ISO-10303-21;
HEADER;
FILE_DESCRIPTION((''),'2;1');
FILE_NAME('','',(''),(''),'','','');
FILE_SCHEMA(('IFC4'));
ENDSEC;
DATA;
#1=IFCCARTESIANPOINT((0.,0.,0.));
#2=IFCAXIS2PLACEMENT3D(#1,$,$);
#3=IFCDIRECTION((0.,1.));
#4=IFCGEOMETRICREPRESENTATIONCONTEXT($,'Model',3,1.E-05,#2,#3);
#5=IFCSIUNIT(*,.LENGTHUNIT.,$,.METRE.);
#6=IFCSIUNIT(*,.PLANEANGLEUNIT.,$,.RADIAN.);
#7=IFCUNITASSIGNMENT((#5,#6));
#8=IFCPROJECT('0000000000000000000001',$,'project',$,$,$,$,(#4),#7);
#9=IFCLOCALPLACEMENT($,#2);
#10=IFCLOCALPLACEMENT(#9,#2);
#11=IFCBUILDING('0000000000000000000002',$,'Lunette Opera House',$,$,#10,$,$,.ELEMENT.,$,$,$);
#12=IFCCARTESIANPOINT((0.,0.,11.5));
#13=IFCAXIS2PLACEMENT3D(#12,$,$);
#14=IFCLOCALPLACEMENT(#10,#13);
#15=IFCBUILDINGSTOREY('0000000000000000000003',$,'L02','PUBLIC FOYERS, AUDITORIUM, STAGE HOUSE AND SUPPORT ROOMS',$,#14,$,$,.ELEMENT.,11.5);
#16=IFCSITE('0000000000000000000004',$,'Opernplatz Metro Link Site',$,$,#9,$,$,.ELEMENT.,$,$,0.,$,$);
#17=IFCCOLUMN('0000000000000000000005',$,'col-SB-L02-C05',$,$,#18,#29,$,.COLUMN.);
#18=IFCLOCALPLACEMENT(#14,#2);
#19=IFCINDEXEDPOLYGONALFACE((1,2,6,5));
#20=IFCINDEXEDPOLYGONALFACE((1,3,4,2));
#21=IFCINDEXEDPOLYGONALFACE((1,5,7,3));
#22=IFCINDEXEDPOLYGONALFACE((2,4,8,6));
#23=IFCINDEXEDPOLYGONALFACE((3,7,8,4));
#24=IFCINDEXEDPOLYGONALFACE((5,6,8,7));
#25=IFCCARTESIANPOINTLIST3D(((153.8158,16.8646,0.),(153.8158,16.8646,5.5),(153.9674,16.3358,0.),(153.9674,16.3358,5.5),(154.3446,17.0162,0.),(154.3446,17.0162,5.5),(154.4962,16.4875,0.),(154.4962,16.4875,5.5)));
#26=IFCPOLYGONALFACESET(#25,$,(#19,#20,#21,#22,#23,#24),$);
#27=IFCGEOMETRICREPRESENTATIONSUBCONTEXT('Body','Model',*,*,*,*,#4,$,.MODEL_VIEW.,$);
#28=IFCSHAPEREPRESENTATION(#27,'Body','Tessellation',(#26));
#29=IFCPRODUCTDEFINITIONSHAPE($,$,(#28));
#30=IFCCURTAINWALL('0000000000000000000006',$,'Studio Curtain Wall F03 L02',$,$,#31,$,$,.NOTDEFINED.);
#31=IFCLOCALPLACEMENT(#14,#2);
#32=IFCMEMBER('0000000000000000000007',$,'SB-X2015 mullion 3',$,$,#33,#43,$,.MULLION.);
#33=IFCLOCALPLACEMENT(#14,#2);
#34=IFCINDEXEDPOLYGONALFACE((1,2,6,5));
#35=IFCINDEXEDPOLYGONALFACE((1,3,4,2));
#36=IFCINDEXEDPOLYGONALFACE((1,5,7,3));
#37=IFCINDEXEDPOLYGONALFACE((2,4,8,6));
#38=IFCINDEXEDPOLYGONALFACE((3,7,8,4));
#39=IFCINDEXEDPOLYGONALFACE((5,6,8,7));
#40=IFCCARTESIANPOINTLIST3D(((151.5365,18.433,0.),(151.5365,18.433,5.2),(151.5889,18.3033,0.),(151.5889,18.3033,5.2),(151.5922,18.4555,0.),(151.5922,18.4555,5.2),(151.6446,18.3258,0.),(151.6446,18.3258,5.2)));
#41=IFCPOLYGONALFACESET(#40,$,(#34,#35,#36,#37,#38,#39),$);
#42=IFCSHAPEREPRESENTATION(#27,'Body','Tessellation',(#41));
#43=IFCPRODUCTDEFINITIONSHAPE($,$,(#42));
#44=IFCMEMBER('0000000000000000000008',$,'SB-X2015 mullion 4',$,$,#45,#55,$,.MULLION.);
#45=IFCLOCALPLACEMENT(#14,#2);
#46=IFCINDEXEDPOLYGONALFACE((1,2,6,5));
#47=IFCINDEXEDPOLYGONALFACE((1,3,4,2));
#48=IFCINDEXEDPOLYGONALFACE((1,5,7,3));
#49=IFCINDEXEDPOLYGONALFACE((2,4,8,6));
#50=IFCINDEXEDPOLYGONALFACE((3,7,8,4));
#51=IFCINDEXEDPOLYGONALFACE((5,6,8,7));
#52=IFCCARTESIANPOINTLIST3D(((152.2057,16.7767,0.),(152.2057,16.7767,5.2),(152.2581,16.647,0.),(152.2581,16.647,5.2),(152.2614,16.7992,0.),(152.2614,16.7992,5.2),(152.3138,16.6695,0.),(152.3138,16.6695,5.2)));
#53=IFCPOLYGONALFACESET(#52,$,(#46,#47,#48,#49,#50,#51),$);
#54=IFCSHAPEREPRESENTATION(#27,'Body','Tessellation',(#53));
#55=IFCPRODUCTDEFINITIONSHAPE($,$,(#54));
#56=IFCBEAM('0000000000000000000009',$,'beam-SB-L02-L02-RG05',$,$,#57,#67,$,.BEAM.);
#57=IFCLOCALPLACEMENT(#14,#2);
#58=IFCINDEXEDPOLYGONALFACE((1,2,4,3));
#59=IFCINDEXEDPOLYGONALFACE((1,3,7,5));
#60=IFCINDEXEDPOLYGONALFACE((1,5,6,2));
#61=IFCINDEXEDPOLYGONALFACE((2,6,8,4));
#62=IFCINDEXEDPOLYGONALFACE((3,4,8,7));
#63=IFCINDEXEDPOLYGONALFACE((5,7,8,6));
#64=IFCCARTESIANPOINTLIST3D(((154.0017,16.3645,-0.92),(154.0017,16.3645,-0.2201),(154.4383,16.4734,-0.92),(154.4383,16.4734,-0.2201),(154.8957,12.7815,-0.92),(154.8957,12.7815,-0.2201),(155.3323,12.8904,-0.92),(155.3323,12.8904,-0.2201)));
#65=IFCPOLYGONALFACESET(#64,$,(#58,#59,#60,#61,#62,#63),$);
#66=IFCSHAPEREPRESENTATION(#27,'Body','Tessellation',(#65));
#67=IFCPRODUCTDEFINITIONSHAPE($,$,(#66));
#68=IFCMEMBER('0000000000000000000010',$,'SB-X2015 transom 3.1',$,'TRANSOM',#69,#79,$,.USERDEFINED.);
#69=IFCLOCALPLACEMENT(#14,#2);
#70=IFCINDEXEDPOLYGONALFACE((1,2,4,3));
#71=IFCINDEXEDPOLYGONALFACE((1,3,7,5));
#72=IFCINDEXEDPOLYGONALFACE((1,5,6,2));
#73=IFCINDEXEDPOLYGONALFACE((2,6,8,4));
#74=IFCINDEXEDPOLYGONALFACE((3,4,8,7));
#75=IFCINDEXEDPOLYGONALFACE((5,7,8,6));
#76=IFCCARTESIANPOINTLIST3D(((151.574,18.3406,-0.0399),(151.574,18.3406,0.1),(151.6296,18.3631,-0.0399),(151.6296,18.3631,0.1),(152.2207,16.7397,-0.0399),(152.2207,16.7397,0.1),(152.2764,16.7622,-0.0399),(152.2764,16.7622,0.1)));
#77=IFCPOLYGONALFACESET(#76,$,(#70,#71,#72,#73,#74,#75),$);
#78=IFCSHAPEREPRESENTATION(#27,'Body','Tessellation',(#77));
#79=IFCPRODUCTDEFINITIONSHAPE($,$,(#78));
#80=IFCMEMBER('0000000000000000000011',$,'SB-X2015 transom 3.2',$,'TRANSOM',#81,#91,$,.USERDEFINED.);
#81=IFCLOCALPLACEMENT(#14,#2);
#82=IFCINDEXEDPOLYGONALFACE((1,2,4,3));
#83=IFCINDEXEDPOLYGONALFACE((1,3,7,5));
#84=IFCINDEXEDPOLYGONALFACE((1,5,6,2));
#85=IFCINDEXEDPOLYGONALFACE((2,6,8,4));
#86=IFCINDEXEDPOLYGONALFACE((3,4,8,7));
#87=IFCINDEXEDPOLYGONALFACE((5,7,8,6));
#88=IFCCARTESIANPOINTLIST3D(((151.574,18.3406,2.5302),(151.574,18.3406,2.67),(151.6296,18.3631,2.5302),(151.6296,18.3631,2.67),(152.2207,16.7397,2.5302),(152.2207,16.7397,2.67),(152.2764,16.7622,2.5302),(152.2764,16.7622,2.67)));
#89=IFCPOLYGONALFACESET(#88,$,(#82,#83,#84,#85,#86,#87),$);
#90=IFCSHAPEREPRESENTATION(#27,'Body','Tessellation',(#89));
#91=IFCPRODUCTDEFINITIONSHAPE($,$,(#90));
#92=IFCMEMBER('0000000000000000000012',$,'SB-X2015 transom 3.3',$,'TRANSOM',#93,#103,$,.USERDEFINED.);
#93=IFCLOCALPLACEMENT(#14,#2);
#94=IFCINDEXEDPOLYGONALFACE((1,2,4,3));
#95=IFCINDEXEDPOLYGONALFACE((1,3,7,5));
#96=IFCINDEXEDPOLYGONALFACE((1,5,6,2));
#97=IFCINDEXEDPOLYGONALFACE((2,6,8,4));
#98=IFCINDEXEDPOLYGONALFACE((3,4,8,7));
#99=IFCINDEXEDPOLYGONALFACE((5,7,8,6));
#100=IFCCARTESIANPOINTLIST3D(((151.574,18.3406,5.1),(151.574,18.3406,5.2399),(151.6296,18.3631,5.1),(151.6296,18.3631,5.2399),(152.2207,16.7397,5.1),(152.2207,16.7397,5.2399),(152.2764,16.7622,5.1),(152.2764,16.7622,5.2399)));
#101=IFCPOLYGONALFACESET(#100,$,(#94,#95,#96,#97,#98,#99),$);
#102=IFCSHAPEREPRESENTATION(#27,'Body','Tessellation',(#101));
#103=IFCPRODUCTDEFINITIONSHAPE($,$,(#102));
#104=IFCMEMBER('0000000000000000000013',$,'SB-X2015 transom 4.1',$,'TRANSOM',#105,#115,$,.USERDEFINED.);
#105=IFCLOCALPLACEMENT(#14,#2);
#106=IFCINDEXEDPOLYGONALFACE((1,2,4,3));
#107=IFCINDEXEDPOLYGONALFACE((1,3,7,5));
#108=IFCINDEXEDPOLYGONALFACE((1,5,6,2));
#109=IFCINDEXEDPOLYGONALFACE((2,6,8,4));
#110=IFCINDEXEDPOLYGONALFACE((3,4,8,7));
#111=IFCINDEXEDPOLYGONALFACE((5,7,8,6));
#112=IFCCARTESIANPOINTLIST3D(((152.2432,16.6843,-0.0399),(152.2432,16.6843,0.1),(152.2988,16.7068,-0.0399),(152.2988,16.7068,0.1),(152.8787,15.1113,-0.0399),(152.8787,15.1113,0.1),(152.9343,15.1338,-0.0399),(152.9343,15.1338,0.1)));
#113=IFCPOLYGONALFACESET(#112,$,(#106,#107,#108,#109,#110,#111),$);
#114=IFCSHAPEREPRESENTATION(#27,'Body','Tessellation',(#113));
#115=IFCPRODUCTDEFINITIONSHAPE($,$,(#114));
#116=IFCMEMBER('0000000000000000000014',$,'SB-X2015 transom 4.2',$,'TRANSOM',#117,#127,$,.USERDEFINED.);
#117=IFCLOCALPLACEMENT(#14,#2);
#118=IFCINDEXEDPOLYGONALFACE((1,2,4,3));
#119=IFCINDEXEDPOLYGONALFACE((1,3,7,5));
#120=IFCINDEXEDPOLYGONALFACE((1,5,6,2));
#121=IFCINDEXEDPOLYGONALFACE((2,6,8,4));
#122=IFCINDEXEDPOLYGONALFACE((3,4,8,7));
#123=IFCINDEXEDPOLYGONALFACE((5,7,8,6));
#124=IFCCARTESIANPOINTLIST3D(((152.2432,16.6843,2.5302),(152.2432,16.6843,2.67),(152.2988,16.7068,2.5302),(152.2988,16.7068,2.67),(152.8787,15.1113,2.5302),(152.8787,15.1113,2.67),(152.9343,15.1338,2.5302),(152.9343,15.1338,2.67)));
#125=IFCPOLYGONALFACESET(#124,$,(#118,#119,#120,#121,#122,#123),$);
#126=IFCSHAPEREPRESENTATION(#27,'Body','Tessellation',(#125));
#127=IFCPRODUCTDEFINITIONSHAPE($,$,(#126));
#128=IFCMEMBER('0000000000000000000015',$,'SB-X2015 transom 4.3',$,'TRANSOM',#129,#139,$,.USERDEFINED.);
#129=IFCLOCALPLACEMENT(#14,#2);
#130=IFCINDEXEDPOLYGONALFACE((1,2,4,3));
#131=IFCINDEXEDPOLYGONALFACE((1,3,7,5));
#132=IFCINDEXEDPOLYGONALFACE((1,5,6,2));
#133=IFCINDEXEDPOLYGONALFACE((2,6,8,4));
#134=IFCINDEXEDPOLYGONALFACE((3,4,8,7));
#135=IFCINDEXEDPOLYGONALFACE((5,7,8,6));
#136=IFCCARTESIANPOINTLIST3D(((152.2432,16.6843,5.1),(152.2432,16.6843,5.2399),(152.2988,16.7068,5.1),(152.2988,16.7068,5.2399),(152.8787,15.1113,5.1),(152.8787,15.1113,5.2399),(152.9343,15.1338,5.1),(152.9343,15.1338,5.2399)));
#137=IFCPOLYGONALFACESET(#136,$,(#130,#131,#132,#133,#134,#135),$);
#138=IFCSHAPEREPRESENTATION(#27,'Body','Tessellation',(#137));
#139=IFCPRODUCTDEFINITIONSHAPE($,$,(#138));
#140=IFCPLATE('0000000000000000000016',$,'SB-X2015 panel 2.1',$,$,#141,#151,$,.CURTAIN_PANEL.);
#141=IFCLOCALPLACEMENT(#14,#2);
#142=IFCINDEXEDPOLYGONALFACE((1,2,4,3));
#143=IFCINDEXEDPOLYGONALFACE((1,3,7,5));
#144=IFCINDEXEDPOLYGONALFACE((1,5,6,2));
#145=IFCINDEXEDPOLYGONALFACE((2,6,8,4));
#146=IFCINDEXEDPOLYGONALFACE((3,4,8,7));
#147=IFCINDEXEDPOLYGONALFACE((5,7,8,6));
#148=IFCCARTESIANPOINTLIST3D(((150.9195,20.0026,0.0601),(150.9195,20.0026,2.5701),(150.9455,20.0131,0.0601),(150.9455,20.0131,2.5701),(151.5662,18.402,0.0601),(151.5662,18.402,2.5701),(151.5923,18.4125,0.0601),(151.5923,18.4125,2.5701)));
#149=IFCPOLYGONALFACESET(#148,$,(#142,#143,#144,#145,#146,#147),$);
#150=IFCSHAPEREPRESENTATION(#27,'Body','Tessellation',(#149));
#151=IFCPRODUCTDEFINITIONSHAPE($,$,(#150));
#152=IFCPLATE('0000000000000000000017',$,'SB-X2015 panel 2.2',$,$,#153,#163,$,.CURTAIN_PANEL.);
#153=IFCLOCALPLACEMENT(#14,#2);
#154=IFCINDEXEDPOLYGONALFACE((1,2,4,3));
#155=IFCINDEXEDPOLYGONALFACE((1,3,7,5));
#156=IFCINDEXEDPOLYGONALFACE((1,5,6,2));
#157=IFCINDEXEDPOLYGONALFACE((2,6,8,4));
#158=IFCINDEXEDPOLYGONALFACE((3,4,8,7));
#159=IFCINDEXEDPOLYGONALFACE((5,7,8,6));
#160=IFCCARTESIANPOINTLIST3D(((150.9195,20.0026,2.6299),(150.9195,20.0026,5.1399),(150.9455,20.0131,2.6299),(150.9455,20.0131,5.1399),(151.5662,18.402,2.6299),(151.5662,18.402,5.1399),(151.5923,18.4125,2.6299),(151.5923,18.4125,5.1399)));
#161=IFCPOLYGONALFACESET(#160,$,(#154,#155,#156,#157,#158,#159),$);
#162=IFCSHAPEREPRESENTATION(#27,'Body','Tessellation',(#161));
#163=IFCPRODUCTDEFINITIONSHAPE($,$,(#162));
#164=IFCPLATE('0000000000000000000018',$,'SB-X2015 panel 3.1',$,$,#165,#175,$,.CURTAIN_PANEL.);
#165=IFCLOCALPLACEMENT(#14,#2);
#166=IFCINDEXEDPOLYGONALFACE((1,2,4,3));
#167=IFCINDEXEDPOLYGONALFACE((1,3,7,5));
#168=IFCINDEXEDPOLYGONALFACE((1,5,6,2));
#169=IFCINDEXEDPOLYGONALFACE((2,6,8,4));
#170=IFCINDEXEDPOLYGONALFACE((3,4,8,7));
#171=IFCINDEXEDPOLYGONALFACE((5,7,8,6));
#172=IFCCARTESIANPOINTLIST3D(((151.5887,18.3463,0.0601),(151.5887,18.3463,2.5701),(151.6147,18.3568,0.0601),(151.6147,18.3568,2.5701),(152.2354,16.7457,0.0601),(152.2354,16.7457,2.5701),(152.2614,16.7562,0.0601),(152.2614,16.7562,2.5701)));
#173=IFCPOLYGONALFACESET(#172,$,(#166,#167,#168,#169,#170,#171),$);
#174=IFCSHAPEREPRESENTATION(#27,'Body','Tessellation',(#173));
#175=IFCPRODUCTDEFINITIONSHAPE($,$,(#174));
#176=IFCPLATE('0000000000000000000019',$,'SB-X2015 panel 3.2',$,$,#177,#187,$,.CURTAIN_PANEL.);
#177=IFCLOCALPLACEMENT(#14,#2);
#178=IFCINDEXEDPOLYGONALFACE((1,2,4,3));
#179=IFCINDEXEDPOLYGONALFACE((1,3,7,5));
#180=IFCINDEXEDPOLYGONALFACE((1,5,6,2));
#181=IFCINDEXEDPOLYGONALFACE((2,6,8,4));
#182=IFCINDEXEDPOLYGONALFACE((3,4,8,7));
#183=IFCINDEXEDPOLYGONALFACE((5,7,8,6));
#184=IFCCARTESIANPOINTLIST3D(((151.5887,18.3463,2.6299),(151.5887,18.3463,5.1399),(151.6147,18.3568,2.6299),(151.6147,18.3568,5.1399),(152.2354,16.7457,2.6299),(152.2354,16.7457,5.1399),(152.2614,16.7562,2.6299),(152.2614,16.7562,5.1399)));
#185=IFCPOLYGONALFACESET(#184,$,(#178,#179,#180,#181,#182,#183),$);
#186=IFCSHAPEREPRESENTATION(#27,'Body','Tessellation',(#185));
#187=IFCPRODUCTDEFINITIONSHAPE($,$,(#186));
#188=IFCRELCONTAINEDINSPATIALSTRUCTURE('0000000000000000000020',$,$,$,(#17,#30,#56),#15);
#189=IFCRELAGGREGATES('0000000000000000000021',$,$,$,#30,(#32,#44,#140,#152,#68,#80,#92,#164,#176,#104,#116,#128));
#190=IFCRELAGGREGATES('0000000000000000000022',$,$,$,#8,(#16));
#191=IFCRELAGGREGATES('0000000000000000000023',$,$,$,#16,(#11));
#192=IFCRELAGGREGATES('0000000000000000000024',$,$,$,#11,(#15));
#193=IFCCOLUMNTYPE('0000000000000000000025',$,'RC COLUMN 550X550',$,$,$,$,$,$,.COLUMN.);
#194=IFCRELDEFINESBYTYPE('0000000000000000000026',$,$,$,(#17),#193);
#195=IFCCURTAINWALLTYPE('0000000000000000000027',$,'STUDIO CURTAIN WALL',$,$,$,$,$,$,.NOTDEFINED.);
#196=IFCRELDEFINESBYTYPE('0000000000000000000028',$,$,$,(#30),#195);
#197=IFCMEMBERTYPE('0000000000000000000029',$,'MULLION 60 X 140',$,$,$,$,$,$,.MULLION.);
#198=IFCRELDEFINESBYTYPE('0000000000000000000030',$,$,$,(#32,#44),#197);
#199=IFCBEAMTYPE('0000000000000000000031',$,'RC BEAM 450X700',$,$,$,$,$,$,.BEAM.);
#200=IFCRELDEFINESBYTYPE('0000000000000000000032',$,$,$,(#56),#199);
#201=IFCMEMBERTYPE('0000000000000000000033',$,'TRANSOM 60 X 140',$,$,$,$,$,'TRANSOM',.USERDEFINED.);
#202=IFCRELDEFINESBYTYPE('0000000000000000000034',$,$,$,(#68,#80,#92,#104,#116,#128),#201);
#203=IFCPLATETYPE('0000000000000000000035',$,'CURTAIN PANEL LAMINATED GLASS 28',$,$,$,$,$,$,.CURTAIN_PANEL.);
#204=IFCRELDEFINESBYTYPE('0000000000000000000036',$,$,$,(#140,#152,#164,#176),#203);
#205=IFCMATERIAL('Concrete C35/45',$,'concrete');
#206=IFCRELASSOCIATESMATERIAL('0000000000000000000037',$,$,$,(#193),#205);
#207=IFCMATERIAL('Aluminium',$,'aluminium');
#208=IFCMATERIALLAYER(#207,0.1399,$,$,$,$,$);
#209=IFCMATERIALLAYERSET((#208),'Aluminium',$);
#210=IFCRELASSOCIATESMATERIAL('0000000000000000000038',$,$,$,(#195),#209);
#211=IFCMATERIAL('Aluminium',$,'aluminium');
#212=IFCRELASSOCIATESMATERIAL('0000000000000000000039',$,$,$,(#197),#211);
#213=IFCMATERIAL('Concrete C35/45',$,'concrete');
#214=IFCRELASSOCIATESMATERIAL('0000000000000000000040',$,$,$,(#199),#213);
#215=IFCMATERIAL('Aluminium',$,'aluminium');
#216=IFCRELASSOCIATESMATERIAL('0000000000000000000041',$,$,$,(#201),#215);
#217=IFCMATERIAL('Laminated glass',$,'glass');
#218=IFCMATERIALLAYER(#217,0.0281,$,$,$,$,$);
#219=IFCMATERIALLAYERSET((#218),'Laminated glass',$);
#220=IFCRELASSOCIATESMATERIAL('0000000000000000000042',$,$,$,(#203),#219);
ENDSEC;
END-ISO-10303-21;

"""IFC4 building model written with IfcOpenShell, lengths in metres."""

from ifc_helpers import new_model, si_unit, direction, frame, origin, origin_2d, place, context, subcontext, project, spatial, rectangle, extrude, material, layer, layer_set, material_profile, profile_set, type_object, element, aggregate, save


model = new_model("IFC4")

# Units and contexts
model_context = context("Model", 3, precision=1e-05, world=origin(), true_north=direction((0.0, 1.0)))
body_context = subcontext(model_context, "Body", "Model", "MODEL_VIEW")
ifc_project = project(units=[si_unit("LENGTHUNIT", "METRE"), si_unit("PLANEANGLEUNIT", "RADIAN")], contexts=[model_context])

# Site, building, storey
site_placement = place(None, origin())
site = spatial("IfcSite", under=ifc_project, at=site_placement, Name="Opernplatz Metro Link Site", CompositionType="ELEMENT", RefElevation=0.0)
building_placement = place(site_placement, origin())
building = spatial("IfcBuilding", under=site, at=building_placement, Name="Lunette Opera House", CompositionType="ELEMENT")
storey_placement = place(building_placement, frame((0.0, 0.0, 11.5)))
storey = spatial("IfcBuildingStorey", under=building, at=storey_placement, Name="L02", Description="PUBLIC FOYERS, AUDITORIUM, STAGE HOUSE AND SUPPORT ROOMS", CompositionType="ELEMENT", Elevation=11.5)

# Column
ifc_material_1 = material(Name="Concrete C35/45", Category="concrete")
ifc_material_profile_1 = material_profile(ifc_material_1, rectangle(XDim=0.55, YDim=0.55, at=origin_2d()), Name="RC COLUMN 550X550")
ifc_profile_set_1 = profile_set([ifc_material_profile_1], Name="Concrete C35/45")
column_type = type_object("IfcColumnType", Name="RC COLUMN 550X550", PredefinedType="COLUMN", material=ifc_profile_set_1)
column_placement = place(storey_placement, frame((154.156, 16.676, 0.0), z_axis=(0.0, 0.0, 1.0), x_axis=(0.275637, -0.961262, 0.0)))
element("IfcColumn", 1, at=column_placement, inside=storey, type_object=column_type, Name="col-SB-L02-C05", PredefinedType="COLUMN", context=body_context, shape_type="SweptSolid", body=[
    extrude(rectangle(XDim=0.55, YDim=0.55, at=origin_2d()), origin(), (0.0, 0.0, 1.0), 5.5),
])

# Curtain wall, members
ifc_material_2 = material(Name="Aluminium", Category="aluminium")
ifc_layer_1 = layer(ifc_material_2, 0.1399)
ifc_layer_set_1 = layer_set([ifc_layer_1], Name="Aluminium")
curtain_wall_type = type_object("IfcCurtainWallType", Name="STUDIO CURTAIN WALL", PredefinedType="NOTDEFINED", material=ifc_layer_set_1)
curtain_wall_placement = place(storey_placement, origin())
curtain_wall = element("IfcCurtainWall", 2, at=curtain_wall_placement, inside=storey, type_object=curtain_wall_type, Name="Studio Curtain Wall F03 L02", PredefinedType="NOTDEFINED")
ifc_material_3 = material(Name="Aluminium", Category="aluminium")
ifc_material_profile_2 = material_profile(ifc_material_3, rectangle(XDim=0.0601, YDim=0.1399, at=origin_2d()), Name="MULLION 60 X 140")
ifc_profile_set_2 = profile_set([ifc_material_profile_2], Name="Aluminium")
member_type_1 = type_object("IfcMemberType", Name="MULLION 60 X 140", PredefinedType="MULLION", material=ifc_profile_set_2)
member_1_placement = place(storey_placement, frame((151.5906, 18.3794, 0.0), z_axis=(0.0, 0.0, 1.0), x_axis=(0.927168, 0.374646, 0.0)))
member_1 = element("IfcMember", 3, at=member_1_placement, type_object=member_type_1, Name="SB-X2015 mullion 3", PredefinedType="MULLION", context=body_context, shape_type="SweptSolid", body=[
    extrude(rectangle(XDim=0.0601, YDim=0.1399, at=origin_2d()), origin(), (0.0, 0.0, 1.0), 5.2),
])
member_2_placement = place(storey_placement, frame((152.2598, 16.7231, 0.0), z_axis=(0.0, 0.0, 1.0), x_axis=(0.927168, 0.374646, 0.0)))
member_2 = element("IfcMember", 4, at=member_2_placement, type_object=member_type_1, Name="SB-X2015 mullion 4", PredefinedType="MULLION", context=body_context, shape_type="SweptSolid", body=[
    extrude(rectangle(XDim=0.0601, YDim=0.1399, at=origin_2d()), origin(), (0.0, 0.0, 1.0), 5.2),
])

# Beam
ifc_material_4 = material(Name="Concrete C35/45", Category="concrete")
ifc_material_profile_3 = material_profile(ifc_material_4, rectangle(XDim=0.45, YDim=0.7, at=origin_2d()), Name="RC BEAM 450X700")
ifc_profile_set_3 = profile_set([ifc_material_profile_3], Name="Concrete C35/45")
beam_type = type_object("IfcBeamType", Name="RC BEAM 450X700", PredefinedType="BEAM", material=ifc_profile_set_3)
beam_placement = place(storey_placement, frame((154.22, 16.4189, -0.5701), z_axis=(0.2421, -0.970251, 0.0), x_axis=(0.970251, 0.2421, 0.0)))
element("IfcBeam", 5, at=beam_placement, inside=storey, type_object=beam_type, Name="beam-SB-L02-L02-RG05", PredefinedType="BEAM", context=body_context, shape_type="SweptSolid", body=[
    extrude(rectangle(XDim=0.45, YDim=0.7, at=origin_2d()), origin(), (0.0, 0.0, 1.0), 3.6929),
])

# Members
ifc_material_5 = material(Name="Aluminium", Category="aluminium")
ifc_material_profile_4 = material_profile(ifc_material_5, rectangle(XDim=0.0601, YDim=0.1399, at=origin_2d()), Name="TRANSOM 60 X 140")
ifc_profile_set_4 = profile_set([ifc_material_profile_4], Name="Aluminium")
member_type_2 = type_object("IfcMemberType", Name="TRANSOM 60 X 140", ElementType="TRANSOM", PredefinedType="USERDEFINED", material=ifc_profile_set_4)
member_3_placement = place(storey_placement, frame((151.6018, 18.3518, 0.03), z_axis=(0.374582, -0.927194, 0.0), x_axis=(0.927194, 0.374582, 0.0)))
member_3 = element("IfcMember", 6, at=member_3_placement, type_object=member_type_2, Name="SB-X2015 transom 3.1", ObjectType="TRANSOM", PredefinedType="USERDEFINED", context=body_context, shape_type="SweptSolid", body=[
    extrude(rectangle(XDim=0.0601, YDim=0.1399, at=origin_2d()), origin(), (0.0, 0.0, 1.0), 1.7266),
])
member_4_placement = place(storey_placement, frame((151.6018, 18.3518, 2.6001), z_axis=(0.374582, -0.927194, 0.0), x_axis=(0.927194, 0.374582, 0.0)))
member_4 = element("IfcMember", 7, at=member_4_placement, type_object=member_type_2, Name="SB-X2015 transom 3.2", ObjectType="TRANSOM", PredefinedType="USERDEFINED", context=body_context, shape_type="SweptSolid", body=[
    extrude(rectangle(XDim=0.0601, YDim=0.1399, at=origin_2d()), origin(), (0.0, 0.0, 1.0), 1.7266),
])
member_5_placement = place(storey_placement, frame((151.6018, 18.3518, 5.1699), z_axis=(0.374582, -0.927194, 0.0), x_axis=(0.927194, 0.374582, 0.0)))
member_5 = element("IfcMember", 8, at=member_5_placement, type_object=member_type_2, Name="SB-X2015 transom 3.3", ObjectType="TRANSOM", PredefinedType="USERDEFINED", context=body_context, shape_type="SweptSolid", body=[
    extrude(rectangle(XDim=0.0601, YDim=0.1399, at=origin_2d()), origin(), (0.0, 0.0, 1.0), 1.7266),
])
member_6_placement = place(storey_placement, frame((152.271, 16.6956, 0.03), z_axis=(0.374589, -0.927191, 0.0), x_axis=(0.927191, 0.374589, 0.0)))
member_6 = element("IfcMember", 9, at=member_6_placement, type_object=member_type_2, Name="SB-X2015 transom 4.1", ObjectType="TRANSOM", PredefinedType="USERDEFINED", context=body_context, shape_type="SweptSolid", body=[
    extrude(rectangle(XDim=0.0601, YDim=0.1399, at=origin_2d()), origin(), (0.0, 0.0, 1.0), 1.6965),
])
member_7_placement = place(storey_placement, frame((152.271, 16.6956, 2.6001), z_axis=(0.374589, -0.927191, 0.0), x_axis=(0.927191, 0.374589, 0.0)))
member_7 = element("IfcMember", 10, at=member_7_placement, type_object=member_type_2, Name="SB-X2015 transom 4.2", ObjectType="TRANSOM", PredefinedType="USERDEFINED", context=body_context, shape_type="SweptSolid", body=[
    extrude(rectangle(XDim=0.0601, YDim=0.1399, at=origin_2d()), origin(), (0.0, 0.0, 1.0), 1.6965),
])
member_8_placement = place(storey_placement, frame((152.271, 16.6956, 5.1699), z_axis=(0.374589, -0.927191, 0.0), x_axis=(0.927191, 0.374589, 0.0)))
member_8 = element("IfcMember", 11, at=member_8_placement, type_object=member_type_2, Name="SB-X2015 transom 4.3", ObjectType="TRANSOM", PredefinedType="USERDEFINED", context=body_context, shape_type="SweptSolid", body=[
    extrude(rectangle(XDim=0.0601, YDim=0.1399, at=origin_2d()), origin(), (0.0, 0.0, 1.0), 1.6965),
])

# Plates
ifc_material_6 = material(Name="Laminated glass", Category="glass")
ifc_layer_2 = layer(ifc_material_6, 0.0281)
ifc_layer_set_2 = layer_set([ifc_layer_2], Name="Laminated glass")
plate_type = type_object("IfcPlateType", Name="CURTAIN PANEL LAMINATED GLASS 28", PredefinedType="CURTAIN_PANEL", material=ifc_layer_set_2)
plate_1_placement = place(storey_placement, frame((151.2559, 19.2075, 0.0601), z_axis=(0.0, 0.0, 1.0), x_axis=(0.374646, -0.927168, 0.0)))
plate_1 = element("IfcPlate", 12, at=plate_1_placement, type_object=plate_type, Name="SB-X2015 panel 2.1", PredefinedType="CURTAIN_PANEL", context=body_context, shape_type="SweptSolid", body=[
    extrude(rectangle(XDim=1.7263, YDim=0.0281, at=origin_2d()), origin(), (0.0, 0.0, 1.0), 2.51),
])
plate_2_placement = place(storey_placement, frame((151.2559, 19.2075, 2.6299), z_axis=(0.0, 0.0, 1.0), x_axis=(0.374646, -0.927168, 0.0)))
plate_2 = element("IfcPlate", 13, at=plate_2_placement, type_object=plate_type, Name="SB-X2015 panel 2.2", PredefinedType="CURTAIN_PANEL", context=body_context, shape_type="SweptSolid", body=[
    extrude(rectangle(XDim=1.7263, YDim=0.0281, at=origin_2d()), origin(), (0.0, 0.0, 1.0), 2.51),
])
plate_3_placement = place(storey_placement, frame((151.925, 17.5513, 0.0601), z_axis=(0.0, 0.0, 1.0), x_axis=(0.374646, -0.927168, 0.0)))
plate_3 = element("IfcPlate", 14, at=plate_3_placement, type_object=plate_type, Name="SB-X2015 panel 3.1", PredefinedType="CURTAIN_PANEL", context=body_context, shape_type="SweptSolid", body=[
    extrude(rectangle(XDim=1.7263, YDim=0.0281, at=origin_2d()), origin(), (0.0, 0.0, 1.0), 2.51),
])
plate_4_placement = place(storey_placement, frame((151.925, 17.5513, 2.6299), z_axis=(0.0, 0.0, 1.0), x_axis=(0.374646, -0.927168, 0.0)))
plate_4 = element("IfcPlate", 15, at=plate_4_placement, type_object=plate_type, Name="SB-X2015 panel 3.2", PredefinedType="CURTAIN_PANEL", context=body_context, shape_type="SweptSolid", body=[
    extrude(rectangle(XDim=1.7263, YDim=0.0281, at=origin_2d()), origin(), (0.0, 0.0, 1.0), 2.51),
])
aggregate(curtain_wall, [member_1, member_2, plate_1, plate_2, member_3, member_4, member_5, plate_3, plate_4, member_6, member_7, member_8])

save(model, "model.ifc")
